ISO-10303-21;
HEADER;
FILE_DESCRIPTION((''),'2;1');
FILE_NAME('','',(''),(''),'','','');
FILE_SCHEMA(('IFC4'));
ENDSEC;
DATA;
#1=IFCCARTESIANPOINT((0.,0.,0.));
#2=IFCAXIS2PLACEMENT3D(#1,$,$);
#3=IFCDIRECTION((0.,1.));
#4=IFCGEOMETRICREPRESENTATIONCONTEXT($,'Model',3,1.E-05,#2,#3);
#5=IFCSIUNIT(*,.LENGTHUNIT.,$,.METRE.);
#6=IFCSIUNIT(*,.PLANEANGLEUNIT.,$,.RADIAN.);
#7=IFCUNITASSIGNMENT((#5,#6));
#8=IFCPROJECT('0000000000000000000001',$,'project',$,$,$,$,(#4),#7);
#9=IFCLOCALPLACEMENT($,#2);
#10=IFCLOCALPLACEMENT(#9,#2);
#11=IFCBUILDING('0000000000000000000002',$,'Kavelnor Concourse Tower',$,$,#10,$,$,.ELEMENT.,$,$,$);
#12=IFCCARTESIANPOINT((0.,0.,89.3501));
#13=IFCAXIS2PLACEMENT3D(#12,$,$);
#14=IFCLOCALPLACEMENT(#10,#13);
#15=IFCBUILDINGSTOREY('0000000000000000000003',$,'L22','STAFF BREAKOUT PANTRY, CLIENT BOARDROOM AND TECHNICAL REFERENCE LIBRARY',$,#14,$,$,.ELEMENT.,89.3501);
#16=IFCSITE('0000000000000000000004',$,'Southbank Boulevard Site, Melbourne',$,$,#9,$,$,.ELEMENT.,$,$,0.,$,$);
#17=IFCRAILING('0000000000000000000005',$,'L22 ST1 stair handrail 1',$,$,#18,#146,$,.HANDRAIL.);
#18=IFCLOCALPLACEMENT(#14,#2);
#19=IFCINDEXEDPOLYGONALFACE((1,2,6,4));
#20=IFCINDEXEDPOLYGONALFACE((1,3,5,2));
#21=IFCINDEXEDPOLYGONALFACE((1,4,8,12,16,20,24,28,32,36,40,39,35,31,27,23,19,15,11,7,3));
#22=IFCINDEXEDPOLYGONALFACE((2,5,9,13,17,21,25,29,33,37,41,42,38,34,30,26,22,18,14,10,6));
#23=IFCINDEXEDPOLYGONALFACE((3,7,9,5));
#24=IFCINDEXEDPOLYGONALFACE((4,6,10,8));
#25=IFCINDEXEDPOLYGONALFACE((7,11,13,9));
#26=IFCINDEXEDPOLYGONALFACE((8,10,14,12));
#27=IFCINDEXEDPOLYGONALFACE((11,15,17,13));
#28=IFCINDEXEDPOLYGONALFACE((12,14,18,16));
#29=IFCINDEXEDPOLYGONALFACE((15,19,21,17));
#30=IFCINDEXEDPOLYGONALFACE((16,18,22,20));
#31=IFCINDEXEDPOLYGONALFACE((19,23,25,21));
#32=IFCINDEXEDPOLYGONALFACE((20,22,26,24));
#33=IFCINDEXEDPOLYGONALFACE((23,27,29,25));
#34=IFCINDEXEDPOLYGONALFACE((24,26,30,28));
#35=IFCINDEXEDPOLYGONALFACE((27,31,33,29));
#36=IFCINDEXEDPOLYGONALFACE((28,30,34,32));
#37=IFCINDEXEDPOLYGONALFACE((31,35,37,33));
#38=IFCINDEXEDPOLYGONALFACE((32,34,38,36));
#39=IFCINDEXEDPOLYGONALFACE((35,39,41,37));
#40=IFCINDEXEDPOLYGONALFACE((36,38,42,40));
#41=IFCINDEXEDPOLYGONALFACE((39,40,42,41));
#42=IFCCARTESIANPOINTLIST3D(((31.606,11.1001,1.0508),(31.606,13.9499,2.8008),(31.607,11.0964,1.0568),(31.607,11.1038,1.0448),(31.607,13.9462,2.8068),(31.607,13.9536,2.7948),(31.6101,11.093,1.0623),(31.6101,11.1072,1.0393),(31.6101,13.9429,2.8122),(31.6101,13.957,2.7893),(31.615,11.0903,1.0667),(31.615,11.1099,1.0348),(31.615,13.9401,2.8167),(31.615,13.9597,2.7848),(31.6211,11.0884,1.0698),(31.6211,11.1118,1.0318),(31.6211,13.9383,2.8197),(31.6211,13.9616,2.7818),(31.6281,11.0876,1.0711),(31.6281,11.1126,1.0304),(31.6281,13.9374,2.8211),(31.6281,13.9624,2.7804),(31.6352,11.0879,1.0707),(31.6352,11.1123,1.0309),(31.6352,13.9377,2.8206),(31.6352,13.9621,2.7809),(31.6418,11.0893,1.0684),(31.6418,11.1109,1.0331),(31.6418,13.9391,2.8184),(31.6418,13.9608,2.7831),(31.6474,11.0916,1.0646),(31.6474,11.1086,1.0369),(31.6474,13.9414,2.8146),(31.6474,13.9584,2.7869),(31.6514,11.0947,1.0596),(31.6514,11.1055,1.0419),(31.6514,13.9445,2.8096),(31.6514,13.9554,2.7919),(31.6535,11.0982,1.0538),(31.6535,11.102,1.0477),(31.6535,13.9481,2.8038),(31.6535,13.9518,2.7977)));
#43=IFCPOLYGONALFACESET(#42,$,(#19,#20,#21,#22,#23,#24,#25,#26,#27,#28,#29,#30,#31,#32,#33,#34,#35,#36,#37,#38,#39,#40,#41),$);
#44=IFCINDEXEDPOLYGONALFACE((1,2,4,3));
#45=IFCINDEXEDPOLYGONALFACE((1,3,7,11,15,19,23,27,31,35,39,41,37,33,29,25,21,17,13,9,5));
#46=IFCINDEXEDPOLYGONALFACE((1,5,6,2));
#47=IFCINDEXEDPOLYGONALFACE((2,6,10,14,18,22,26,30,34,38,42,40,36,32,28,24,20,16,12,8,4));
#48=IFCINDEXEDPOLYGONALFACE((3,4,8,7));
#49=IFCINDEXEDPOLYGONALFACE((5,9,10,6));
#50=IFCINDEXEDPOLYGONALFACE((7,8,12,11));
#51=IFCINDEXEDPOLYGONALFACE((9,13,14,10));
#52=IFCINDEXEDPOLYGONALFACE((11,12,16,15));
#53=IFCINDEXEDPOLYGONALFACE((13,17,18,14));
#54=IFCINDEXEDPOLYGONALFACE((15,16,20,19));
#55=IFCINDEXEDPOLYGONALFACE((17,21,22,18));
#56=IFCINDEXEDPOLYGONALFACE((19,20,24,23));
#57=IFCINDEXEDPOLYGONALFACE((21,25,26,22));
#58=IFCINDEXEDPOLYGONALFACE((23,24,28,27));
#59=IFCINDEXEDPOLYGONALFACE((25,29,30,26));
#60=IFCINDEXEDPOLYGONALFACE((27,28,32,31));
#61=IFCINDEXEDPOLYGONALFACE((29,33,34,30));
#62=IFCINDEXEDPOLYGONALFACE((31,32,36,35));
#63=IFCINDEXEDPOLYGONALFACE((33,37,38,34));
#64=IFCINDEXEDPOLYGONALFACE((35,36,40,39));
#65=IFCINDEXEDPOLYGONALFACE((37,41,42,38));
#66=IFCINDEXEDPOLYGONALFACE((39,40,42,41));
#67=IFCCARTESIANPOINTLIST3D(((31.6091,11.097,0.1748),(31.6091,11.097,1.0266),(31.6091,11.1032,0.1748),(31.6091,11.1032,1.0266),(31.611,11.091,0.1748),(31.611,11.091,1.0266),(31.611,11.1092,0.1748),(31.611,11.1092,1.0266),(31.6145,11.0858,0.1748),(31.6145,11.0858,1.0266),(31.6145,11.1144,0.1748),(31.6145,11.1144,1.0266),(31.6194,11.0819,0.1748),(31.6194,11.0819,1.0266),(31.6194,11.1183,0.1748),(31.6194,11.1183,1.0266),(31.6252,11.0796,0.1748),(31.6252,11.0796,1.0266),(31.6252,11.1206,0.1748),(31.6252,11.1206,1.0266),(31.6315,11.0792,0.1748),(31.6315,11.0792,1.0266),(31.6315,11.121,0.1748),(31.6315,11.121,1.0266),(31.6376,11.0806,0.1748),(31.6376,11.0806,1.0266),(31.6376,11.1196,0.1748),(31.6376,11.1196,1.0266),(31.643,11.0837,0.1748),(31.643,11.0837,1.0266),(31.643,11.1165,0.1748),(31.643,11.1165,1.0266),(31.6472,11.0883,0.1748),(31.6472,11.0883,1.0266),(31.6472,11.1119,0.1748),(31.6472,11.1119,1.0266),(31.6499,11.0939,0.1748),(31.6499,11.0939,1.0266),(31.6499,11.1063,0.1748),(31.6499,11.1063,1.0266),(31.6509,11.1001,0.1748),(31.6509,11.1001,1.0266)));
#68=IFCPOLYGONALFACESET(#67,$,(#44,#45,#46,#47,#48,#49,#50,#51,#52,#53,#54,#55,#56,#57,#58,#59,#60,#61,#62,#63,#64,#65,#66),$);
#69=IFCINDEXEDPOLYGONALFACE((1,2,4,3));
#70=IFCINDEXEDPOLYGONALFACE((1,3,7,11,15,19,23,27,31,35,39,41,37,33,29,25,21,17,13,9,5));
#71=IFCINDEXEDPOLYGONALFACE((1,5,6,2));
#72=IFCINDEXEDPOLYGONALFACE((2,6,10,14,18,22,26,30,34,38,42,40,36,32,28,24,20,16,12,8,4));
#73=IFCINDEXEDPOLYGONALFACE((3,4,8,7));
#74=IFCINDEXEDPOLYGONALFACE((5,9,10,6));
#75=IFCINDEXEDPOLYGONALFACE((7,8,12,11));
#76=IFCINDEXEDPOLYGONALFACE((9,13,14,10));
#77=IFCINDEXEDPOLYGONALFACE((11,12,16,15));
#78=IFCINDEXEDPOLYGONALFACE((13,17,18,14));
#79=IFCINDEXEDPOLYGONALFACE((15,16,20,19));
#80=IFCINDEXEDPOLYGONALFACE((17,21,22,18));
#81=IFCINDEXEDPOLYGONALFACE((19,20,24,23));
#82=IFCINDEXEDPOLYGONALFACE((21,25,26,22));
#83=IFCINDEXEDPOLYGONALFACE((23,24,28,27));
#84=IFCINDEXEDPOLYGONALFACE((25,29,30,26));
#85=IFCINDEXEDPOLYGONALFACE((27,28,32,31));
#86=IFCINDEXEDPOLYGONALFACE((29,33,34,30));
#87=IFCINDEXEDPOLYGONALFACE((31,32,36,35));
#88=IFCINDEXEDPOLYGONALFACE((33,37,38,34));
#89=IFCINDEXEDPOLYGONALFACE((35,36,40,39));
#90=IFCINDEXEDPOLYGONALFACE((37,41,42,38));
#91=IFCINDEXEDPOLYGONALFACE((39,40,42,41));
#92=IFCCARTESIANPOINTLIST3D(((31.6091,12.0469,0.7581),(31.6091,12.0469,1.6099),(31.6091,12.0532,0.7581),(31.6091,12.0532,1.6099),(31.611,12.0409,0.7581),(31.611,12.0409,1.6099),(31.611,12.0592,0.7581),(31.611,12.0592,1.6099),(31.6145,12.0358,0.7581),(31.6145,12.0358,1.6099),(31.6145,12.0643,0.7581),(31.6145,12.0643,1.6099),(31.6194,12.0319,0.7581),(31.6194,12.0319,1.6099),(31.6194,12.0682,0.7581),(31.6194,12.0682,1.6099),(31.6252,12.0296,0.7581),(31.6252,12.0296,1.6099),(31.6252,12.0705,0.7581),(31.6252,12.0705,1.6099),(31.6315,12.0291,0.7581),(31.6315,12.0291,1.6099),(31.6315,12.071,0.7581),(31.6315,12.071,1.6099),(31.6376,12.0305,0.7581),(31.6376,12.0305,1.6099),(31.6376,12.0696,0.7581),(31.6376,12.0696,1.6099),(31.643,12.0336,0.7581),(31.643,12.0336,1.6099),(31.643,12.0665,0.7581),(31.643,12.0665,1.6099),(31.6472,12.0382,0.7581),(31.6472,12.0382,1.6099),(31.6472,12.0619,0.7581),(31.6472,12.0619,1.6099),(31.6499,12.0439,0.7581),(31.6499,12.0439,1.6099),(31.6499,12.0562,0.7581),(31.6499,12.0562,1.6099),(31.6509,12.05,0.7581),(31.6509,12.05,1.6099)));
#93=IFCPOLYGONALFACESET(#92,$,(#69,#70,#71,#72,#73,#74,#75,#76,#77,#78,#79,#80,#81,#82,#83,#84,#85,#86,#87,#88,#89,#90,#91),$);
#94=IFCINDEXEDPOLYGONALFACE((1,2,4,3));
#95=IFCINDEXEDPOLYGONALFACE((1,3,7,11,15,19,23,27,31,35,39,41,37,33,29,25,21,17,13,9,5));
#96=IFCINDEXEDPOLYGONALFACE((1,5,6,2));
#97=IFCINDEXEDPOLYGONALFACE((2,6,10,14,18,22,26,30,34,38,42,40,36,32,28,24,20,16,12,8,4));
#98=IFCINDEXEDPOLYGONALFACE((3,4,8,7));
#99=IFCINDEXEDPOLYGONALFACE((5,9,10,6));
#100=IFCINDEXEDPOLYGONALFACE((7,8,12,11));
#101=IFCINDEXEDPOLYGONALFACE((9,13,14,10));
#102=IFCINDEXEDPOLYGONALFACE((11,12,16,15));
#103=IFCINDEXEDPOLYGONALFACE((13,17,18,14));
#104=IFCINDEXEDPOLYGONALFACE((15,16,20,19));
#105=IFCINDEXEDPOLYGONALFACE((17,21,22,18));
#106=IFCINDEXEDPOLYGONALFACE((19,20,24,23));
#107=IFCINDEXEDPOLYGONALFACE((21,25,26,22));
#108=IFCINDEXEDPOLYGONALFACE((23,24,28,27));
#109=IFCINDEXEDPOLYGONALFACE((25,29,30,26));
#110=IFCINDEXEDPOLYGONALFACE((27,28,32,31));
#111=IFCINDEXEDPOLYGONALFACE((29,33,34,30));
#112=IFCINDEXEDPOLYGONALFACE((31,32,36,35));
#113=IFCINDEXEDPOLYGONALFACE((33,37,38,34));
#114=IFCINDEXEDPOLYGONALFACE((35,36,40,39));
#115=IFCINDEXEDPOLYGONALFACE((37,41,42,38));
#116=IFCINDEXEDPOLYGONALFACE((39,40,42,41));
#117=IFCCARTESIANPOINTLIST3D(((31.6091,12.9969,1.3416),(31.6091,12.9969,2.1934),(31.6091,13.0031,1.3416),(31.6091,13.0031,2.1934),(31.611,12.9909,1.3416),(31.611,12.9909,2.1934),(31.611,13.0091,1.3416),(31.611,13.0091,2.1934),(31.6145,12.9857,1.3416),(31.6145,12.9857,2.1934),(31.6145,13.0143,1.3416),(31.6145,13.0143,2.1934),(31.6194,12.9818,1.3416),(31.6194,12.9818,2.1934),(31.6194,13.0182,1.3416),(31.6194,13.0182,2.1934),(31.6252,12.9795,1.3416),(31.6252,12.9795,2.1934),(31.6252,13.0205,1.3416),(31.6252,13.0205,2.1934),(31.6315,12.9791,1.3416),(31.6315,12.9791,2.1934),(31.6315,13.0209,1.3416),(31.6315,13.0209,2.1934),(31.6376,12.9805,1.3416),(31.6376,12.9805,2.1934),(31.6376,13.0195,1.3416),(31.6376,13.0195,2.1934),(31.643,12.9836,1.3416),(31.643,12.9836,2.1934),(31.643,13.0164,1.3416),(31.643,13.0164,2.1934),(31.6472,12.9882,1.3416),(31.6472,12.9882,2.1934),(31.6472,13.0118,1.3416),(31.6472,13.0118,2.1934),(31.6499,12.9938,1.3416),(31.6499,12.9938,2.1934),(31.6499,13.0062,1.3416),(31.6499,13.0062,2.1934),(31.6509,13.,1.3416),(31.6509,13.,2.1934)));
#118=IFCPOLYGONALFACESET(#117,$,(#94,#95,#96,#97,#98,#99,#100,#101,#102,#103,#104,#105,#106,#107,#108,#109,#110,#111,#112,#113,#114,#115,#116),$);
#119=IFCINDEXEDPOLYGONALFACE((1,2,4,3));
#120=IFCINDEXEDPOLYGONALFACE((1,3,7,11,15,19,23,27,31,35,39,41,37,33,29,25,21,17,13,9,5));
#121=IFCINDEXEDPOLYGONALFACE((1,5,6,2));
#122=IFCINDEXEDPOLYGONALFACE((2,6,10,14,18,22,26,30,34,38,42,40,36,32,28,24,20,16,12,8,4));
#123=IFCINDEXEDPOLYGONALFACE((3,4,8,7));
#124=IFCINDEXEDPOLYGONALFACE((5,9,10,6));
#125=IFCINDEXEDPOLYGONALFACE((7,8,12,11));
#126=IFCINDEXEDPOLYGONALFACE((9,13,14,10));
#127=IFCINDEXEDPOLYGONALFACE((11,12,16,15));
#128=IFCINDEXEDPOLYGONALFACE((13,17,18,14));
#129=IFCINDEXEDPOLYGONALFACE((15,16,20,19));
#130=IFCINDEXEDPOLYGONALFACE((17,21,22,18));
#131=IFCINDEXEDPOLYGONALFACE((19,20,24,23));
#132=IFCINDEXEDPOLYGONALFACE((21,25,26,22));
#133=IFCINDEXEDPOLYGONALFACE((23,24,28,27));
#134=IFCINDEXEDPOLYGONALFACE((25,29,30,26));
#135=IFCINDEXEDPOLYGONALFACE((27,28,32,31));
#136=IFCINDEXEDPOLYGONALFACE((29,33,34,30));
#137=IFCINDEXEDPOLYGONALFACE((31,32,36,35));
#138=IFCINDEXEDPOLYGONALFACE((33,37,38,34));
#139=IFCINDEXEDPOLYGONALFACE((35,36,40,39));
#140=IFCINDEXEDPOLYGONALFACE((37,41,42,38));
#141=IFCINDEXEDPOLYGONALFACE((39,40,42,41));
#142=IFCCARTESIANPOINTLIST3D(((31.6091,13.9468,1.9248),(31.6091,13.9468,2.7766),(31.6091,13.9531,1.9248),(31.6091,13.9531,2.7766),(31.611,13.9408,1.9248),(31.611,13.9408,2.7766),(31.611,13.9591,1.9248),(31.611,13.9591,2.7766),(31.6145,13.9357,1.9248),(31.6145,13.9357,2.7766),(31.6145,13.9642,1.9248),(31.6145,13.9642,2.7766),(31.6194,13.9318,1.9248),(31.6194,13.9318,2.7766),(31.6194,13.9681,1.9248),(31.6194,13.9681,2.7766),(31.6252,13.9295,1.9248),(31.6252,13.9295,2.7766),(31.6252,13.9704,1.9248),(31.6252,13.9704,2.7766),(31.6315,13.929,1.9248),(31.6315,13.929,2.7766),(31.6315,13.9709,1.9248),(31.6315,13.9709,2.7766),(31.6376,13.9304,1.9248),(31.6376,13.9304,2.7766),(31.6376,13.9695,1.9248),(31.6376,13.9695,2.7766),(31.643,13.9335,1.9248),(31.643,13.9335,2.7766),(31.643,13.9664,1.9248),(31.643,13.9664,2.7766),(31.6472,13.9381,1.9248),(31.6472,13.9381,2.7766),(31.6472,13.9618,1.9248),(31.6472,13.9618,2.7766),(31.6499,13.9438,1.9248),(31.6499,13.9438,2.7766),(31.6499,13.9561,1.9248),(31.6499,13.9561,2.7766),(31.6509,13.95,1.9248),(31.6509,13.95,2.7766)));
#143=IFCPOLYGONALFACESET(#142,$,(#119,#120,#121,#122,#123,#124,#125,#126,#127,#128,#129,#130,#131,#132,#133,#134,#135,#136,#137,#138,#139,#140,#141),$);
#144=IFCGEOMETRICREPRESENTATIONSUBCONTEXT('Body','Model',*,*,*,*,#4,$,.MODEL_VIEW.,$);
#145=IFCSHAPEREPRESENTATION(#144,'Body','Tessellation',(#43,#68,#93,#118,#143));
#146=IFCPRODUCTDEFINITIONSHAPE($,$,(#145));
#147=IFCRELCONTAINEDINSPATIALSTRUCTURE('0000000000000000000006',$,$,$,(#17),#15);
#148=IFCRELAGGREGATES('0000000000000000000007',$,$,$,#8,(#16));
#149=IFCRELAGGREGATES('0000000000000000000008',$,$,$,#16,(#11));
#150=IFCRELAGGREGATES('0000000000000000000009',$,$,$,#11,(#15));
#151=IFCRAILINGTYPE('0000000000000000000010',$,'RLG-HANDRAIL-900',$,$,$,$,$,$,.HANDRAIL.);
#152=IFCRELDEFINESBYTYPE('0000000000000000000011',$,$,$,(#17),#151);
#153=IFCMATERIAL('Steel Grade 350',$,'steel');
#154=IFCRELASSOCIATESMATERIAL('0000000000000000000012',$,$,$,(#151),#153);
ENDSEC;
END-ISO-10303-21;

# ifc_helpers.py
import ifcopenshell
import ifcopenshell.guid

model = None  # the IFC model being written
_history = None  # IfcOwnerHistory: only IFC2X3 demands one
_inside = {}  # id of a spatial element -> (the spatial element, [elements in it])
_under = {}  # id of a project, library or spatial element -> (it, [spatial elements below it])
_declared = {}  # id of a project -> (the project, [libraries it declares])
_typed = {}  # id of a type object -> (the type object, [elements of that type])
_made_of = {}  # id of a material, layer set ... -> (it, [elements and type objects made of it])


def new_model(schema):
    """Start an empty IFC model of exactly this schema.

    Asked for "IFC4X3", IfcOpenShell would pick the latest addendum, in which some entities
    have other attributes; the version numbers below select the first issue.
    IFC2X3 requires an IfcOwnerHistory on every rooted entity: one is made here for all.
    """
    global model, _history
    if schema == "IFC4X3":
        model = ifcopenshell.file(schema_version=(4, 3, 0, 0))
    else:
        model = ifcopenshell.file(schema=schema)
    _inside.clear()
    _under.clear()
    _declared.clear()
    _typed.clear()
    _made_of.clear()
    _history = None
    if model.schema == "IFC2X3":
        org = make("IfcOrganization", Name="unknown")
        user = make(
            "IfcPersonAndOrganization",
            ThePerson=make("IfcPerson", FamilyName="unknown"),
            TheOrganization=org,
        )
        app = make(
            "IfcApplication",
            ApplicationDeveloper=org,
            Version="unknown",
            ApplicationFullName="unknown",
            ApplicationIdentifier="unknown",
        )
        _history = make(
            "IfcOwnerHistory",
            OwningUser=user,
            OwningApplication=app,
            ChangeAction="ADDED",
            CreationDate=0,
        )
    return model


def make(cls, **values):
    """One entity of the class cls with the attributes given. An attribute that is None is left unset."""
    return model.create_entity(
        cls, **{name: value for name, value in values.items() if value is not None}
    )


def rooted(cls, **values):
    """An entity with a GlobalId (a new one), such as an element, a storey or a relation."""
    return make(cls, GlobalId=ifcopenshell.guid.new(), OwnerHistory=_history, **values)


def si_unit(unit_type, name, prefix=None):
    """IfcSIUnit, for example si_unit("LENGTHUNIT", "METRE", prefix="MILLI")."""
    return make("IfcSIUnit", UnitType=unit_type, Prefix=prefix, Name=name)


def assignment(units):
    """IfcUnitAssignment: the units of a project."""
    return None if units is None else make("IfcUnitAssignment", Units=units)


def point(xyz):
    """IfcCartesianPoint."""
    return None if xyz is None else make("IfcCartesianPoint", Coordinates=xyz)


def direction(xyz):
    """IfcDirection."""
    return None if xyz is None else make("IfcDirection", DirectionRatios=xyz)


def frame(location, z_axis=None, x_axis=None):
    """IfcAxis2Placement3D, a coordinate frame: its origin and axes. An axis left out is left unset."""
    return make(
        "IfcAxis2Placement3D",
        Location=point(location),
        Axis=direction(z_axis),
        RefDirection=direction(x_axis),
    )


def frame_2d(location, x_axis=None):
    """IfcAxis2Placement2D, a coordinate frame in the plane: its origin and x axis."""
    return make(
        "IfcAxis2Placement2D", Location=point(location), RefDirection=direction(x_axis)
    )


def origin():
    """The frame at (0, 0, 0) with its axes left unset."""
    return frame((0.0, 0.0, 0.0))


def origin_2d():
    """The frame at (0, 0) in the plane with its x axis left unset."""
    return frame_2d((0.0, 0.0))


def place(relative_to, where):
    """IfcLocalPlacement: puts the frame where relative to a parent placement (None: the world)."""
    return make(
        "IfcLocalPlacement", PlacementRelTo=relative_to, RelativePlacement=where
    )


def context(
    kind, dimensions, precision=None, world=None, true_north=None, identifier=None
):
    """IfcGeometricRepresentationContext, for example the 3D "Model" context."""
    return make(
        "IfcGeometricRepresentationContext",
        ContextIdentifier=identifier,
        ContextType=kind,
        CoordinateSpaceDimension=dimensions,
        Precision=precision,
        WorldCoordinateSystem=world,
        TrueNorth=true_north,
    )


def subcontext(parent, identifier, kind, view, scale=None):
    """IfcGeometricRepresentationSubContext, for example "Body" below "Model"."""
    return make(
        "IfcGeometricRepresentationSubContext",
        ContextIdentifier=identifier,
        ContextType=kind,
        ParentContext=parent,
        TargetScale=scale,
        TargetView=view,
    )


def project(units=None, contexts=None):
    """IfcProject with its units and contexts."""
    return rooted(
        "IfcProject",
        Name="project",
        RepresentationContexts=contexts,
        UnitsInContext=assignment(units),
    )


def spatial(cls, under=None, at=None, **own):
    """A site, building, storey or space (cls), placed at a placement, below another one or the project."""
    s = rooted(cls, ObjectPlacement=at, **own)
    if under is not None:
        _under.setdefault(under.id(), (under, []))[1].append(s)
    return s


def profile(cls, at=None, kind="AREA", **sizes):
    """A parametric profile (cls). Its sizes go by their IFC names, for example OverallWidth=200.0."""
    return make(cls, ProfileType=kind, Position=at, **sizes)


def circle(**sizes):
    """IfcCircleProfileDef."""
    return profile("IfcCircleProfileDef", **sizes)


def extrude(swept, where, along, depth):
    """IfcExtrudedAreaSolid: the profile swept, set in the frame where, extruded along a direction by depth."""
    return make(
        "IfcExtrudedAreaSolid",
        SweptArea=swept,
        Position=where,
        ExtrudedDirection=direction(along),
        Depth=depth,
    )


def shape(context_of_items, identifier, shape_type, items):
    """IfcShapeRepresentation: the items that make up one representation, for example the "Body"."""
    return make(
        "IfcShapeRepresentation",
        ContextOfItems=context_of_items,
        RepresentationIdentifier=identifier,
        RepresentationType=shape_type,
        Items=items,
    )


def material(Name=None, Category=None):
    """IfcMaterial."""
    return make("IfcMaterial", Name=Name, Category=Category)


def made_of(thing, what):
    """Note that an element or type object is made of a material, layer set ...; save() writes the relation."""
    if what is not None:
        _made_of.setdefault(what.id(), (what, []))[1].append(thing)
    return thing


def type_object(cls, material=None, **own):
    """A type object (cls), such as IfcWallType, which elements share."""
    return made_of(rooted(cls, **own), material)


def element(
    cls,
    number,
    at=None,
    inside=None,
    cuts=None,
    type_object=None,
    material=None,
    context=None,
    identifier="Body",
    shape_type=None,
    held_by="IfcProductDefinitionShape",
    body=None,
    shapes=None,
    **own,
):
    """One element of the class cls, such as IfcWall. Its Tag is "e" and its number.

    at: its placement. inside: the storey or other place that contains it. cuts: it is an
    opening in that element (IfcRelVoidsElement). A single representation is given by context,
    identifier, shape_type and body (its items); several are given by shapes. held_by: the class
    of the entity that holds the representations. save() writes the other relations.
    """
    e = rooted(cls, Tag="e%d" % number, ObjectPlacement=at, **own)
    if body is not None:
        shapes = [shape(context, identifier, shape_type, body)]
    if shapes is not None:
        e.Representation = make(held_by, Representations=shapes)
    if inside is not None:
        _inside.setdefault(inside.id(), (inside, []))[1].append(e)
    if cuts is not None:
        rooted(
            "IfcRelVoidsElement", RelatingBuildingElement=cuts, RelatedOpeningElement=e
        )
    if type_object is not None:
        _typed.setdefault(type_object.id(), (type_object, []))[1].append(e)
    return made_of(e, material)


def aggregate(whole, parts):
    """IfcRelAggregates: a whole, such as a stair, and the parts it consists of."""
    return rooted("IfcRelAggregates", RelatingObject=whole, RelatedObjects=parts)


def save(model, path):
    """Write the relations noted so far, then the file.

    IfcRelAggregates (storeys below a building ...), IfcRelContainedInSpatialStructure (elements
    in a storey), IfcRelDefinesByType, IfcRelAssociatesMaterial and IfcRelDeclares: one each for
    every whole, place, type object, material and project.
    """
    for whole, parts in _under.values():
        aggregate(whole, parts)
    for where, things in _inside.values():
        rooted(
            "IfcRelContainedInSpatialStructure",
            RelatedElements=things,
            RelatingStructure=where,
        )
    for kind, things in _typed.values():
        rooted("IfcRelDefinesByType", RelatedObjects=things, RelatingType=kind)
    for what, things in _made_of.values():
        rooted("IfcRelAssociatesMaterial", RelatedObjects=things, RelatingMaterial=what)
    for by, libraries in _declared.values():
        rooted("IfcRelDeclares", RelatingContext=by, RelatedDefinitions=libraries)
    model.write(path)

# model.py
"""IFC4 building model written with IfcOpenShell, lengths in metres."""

from ifc_helpers import new_model, si_unit, direction, frame, origin, origin_2d, place, context, subcontext, project, spatial, circle, extrude, material, type_object, element, save


model = new_model("IFC4")

# Units and contexts
model_context = context("Model", 3, precision=1e-05, world=origin(), true_north=direction((0.0, 1.0)))
body_context = subcontext(model_context, "Body", "Model", "MODEL_VIEW")
ifc_project = project(units=[si_unit("LENGTHUNIT", "METRE"), si_unit("PLANEANGLEUNIT", "RADIAN")], contexts=[model_context])

# Site, building, storey
site_placement = place(None, origin())
site = spatial("IfcSite", under=ifc_project, at=site_placement, Name="Southbank Boulevard Site, Melbourne", CompositionType="ELEMENT", RefElevation=0.0)
building_placement = place(site_placement, origin())
building = spatial("IfcBuilding", under=site, at=building_placement, Name="Kavelnor Concourse Tower", CompositionType="ELEMENT")
storey_placement = place(building_placement, frame((0.0, 0.0, 89.3501)))
storey = spatial("IfcBuildingStorey", under=building, at=storey_placement, Name="L22", Description="STAFF BREAKOUT PANTRY, CLIENT BOARDROOM AND TECHNICAL REFERENCE LIBRARY", CompositionType="ELEMENT", Elevation=89.3501)

# Shared definitions
ifc_material_1 = material(Name="Steel Grade 350", Category="steel")

# Railing
railing_type_1 = type_object("IfcRailingType", Name="RLG-HANDRAIL-900", PredefinedType="HANDRAIL", material=ifc_material_1)
railing_1_placement = place(storey_placement, frame((31.6299, 11.1001, 0.1748)))
element("IfcRailing", 1, at=railing_1_placement, inside=storey, type_object=railing_type_1, Name="L22 ST1 stair handrail 1", PredefinedType="HANDRAIL", context=body_context, shape_type="SweptSolid", body=[
    extrude(circle(Radius=0.0239, at=origin_2d()), frame((0.0, 0.0, 0.876), z_axis=(0.0, 0.852159, 0.523283), x_axis=(-1.0, 0.0, 0.0)), (0.0, 0.0, 1.0), 3.3442),
    extrude(circle(Radius=0.021, at=origin_2d()), origin(), (0.0, 0.0, 1.0), 0.8518),
    extrude(circle(Radius=0.021, at=origin_2d()), frame((0.0, 0.95, 0.5833)), (0.0, 0.0, 1.0), 0.8518),
    extrude(circle(Radius=0.021, at=origin_2d()), frame((0.0, 1.8999, 1.1667)), (0.0, 0.0, 1.0), 0.8518),
    extrude(circle(Radius=0.021, at=origin_2d()), frame((0.0, 2.8499, 1.75)), (0.0, 0.0, 1.0), 0.8518),
])

save(model, "model.ifc")
